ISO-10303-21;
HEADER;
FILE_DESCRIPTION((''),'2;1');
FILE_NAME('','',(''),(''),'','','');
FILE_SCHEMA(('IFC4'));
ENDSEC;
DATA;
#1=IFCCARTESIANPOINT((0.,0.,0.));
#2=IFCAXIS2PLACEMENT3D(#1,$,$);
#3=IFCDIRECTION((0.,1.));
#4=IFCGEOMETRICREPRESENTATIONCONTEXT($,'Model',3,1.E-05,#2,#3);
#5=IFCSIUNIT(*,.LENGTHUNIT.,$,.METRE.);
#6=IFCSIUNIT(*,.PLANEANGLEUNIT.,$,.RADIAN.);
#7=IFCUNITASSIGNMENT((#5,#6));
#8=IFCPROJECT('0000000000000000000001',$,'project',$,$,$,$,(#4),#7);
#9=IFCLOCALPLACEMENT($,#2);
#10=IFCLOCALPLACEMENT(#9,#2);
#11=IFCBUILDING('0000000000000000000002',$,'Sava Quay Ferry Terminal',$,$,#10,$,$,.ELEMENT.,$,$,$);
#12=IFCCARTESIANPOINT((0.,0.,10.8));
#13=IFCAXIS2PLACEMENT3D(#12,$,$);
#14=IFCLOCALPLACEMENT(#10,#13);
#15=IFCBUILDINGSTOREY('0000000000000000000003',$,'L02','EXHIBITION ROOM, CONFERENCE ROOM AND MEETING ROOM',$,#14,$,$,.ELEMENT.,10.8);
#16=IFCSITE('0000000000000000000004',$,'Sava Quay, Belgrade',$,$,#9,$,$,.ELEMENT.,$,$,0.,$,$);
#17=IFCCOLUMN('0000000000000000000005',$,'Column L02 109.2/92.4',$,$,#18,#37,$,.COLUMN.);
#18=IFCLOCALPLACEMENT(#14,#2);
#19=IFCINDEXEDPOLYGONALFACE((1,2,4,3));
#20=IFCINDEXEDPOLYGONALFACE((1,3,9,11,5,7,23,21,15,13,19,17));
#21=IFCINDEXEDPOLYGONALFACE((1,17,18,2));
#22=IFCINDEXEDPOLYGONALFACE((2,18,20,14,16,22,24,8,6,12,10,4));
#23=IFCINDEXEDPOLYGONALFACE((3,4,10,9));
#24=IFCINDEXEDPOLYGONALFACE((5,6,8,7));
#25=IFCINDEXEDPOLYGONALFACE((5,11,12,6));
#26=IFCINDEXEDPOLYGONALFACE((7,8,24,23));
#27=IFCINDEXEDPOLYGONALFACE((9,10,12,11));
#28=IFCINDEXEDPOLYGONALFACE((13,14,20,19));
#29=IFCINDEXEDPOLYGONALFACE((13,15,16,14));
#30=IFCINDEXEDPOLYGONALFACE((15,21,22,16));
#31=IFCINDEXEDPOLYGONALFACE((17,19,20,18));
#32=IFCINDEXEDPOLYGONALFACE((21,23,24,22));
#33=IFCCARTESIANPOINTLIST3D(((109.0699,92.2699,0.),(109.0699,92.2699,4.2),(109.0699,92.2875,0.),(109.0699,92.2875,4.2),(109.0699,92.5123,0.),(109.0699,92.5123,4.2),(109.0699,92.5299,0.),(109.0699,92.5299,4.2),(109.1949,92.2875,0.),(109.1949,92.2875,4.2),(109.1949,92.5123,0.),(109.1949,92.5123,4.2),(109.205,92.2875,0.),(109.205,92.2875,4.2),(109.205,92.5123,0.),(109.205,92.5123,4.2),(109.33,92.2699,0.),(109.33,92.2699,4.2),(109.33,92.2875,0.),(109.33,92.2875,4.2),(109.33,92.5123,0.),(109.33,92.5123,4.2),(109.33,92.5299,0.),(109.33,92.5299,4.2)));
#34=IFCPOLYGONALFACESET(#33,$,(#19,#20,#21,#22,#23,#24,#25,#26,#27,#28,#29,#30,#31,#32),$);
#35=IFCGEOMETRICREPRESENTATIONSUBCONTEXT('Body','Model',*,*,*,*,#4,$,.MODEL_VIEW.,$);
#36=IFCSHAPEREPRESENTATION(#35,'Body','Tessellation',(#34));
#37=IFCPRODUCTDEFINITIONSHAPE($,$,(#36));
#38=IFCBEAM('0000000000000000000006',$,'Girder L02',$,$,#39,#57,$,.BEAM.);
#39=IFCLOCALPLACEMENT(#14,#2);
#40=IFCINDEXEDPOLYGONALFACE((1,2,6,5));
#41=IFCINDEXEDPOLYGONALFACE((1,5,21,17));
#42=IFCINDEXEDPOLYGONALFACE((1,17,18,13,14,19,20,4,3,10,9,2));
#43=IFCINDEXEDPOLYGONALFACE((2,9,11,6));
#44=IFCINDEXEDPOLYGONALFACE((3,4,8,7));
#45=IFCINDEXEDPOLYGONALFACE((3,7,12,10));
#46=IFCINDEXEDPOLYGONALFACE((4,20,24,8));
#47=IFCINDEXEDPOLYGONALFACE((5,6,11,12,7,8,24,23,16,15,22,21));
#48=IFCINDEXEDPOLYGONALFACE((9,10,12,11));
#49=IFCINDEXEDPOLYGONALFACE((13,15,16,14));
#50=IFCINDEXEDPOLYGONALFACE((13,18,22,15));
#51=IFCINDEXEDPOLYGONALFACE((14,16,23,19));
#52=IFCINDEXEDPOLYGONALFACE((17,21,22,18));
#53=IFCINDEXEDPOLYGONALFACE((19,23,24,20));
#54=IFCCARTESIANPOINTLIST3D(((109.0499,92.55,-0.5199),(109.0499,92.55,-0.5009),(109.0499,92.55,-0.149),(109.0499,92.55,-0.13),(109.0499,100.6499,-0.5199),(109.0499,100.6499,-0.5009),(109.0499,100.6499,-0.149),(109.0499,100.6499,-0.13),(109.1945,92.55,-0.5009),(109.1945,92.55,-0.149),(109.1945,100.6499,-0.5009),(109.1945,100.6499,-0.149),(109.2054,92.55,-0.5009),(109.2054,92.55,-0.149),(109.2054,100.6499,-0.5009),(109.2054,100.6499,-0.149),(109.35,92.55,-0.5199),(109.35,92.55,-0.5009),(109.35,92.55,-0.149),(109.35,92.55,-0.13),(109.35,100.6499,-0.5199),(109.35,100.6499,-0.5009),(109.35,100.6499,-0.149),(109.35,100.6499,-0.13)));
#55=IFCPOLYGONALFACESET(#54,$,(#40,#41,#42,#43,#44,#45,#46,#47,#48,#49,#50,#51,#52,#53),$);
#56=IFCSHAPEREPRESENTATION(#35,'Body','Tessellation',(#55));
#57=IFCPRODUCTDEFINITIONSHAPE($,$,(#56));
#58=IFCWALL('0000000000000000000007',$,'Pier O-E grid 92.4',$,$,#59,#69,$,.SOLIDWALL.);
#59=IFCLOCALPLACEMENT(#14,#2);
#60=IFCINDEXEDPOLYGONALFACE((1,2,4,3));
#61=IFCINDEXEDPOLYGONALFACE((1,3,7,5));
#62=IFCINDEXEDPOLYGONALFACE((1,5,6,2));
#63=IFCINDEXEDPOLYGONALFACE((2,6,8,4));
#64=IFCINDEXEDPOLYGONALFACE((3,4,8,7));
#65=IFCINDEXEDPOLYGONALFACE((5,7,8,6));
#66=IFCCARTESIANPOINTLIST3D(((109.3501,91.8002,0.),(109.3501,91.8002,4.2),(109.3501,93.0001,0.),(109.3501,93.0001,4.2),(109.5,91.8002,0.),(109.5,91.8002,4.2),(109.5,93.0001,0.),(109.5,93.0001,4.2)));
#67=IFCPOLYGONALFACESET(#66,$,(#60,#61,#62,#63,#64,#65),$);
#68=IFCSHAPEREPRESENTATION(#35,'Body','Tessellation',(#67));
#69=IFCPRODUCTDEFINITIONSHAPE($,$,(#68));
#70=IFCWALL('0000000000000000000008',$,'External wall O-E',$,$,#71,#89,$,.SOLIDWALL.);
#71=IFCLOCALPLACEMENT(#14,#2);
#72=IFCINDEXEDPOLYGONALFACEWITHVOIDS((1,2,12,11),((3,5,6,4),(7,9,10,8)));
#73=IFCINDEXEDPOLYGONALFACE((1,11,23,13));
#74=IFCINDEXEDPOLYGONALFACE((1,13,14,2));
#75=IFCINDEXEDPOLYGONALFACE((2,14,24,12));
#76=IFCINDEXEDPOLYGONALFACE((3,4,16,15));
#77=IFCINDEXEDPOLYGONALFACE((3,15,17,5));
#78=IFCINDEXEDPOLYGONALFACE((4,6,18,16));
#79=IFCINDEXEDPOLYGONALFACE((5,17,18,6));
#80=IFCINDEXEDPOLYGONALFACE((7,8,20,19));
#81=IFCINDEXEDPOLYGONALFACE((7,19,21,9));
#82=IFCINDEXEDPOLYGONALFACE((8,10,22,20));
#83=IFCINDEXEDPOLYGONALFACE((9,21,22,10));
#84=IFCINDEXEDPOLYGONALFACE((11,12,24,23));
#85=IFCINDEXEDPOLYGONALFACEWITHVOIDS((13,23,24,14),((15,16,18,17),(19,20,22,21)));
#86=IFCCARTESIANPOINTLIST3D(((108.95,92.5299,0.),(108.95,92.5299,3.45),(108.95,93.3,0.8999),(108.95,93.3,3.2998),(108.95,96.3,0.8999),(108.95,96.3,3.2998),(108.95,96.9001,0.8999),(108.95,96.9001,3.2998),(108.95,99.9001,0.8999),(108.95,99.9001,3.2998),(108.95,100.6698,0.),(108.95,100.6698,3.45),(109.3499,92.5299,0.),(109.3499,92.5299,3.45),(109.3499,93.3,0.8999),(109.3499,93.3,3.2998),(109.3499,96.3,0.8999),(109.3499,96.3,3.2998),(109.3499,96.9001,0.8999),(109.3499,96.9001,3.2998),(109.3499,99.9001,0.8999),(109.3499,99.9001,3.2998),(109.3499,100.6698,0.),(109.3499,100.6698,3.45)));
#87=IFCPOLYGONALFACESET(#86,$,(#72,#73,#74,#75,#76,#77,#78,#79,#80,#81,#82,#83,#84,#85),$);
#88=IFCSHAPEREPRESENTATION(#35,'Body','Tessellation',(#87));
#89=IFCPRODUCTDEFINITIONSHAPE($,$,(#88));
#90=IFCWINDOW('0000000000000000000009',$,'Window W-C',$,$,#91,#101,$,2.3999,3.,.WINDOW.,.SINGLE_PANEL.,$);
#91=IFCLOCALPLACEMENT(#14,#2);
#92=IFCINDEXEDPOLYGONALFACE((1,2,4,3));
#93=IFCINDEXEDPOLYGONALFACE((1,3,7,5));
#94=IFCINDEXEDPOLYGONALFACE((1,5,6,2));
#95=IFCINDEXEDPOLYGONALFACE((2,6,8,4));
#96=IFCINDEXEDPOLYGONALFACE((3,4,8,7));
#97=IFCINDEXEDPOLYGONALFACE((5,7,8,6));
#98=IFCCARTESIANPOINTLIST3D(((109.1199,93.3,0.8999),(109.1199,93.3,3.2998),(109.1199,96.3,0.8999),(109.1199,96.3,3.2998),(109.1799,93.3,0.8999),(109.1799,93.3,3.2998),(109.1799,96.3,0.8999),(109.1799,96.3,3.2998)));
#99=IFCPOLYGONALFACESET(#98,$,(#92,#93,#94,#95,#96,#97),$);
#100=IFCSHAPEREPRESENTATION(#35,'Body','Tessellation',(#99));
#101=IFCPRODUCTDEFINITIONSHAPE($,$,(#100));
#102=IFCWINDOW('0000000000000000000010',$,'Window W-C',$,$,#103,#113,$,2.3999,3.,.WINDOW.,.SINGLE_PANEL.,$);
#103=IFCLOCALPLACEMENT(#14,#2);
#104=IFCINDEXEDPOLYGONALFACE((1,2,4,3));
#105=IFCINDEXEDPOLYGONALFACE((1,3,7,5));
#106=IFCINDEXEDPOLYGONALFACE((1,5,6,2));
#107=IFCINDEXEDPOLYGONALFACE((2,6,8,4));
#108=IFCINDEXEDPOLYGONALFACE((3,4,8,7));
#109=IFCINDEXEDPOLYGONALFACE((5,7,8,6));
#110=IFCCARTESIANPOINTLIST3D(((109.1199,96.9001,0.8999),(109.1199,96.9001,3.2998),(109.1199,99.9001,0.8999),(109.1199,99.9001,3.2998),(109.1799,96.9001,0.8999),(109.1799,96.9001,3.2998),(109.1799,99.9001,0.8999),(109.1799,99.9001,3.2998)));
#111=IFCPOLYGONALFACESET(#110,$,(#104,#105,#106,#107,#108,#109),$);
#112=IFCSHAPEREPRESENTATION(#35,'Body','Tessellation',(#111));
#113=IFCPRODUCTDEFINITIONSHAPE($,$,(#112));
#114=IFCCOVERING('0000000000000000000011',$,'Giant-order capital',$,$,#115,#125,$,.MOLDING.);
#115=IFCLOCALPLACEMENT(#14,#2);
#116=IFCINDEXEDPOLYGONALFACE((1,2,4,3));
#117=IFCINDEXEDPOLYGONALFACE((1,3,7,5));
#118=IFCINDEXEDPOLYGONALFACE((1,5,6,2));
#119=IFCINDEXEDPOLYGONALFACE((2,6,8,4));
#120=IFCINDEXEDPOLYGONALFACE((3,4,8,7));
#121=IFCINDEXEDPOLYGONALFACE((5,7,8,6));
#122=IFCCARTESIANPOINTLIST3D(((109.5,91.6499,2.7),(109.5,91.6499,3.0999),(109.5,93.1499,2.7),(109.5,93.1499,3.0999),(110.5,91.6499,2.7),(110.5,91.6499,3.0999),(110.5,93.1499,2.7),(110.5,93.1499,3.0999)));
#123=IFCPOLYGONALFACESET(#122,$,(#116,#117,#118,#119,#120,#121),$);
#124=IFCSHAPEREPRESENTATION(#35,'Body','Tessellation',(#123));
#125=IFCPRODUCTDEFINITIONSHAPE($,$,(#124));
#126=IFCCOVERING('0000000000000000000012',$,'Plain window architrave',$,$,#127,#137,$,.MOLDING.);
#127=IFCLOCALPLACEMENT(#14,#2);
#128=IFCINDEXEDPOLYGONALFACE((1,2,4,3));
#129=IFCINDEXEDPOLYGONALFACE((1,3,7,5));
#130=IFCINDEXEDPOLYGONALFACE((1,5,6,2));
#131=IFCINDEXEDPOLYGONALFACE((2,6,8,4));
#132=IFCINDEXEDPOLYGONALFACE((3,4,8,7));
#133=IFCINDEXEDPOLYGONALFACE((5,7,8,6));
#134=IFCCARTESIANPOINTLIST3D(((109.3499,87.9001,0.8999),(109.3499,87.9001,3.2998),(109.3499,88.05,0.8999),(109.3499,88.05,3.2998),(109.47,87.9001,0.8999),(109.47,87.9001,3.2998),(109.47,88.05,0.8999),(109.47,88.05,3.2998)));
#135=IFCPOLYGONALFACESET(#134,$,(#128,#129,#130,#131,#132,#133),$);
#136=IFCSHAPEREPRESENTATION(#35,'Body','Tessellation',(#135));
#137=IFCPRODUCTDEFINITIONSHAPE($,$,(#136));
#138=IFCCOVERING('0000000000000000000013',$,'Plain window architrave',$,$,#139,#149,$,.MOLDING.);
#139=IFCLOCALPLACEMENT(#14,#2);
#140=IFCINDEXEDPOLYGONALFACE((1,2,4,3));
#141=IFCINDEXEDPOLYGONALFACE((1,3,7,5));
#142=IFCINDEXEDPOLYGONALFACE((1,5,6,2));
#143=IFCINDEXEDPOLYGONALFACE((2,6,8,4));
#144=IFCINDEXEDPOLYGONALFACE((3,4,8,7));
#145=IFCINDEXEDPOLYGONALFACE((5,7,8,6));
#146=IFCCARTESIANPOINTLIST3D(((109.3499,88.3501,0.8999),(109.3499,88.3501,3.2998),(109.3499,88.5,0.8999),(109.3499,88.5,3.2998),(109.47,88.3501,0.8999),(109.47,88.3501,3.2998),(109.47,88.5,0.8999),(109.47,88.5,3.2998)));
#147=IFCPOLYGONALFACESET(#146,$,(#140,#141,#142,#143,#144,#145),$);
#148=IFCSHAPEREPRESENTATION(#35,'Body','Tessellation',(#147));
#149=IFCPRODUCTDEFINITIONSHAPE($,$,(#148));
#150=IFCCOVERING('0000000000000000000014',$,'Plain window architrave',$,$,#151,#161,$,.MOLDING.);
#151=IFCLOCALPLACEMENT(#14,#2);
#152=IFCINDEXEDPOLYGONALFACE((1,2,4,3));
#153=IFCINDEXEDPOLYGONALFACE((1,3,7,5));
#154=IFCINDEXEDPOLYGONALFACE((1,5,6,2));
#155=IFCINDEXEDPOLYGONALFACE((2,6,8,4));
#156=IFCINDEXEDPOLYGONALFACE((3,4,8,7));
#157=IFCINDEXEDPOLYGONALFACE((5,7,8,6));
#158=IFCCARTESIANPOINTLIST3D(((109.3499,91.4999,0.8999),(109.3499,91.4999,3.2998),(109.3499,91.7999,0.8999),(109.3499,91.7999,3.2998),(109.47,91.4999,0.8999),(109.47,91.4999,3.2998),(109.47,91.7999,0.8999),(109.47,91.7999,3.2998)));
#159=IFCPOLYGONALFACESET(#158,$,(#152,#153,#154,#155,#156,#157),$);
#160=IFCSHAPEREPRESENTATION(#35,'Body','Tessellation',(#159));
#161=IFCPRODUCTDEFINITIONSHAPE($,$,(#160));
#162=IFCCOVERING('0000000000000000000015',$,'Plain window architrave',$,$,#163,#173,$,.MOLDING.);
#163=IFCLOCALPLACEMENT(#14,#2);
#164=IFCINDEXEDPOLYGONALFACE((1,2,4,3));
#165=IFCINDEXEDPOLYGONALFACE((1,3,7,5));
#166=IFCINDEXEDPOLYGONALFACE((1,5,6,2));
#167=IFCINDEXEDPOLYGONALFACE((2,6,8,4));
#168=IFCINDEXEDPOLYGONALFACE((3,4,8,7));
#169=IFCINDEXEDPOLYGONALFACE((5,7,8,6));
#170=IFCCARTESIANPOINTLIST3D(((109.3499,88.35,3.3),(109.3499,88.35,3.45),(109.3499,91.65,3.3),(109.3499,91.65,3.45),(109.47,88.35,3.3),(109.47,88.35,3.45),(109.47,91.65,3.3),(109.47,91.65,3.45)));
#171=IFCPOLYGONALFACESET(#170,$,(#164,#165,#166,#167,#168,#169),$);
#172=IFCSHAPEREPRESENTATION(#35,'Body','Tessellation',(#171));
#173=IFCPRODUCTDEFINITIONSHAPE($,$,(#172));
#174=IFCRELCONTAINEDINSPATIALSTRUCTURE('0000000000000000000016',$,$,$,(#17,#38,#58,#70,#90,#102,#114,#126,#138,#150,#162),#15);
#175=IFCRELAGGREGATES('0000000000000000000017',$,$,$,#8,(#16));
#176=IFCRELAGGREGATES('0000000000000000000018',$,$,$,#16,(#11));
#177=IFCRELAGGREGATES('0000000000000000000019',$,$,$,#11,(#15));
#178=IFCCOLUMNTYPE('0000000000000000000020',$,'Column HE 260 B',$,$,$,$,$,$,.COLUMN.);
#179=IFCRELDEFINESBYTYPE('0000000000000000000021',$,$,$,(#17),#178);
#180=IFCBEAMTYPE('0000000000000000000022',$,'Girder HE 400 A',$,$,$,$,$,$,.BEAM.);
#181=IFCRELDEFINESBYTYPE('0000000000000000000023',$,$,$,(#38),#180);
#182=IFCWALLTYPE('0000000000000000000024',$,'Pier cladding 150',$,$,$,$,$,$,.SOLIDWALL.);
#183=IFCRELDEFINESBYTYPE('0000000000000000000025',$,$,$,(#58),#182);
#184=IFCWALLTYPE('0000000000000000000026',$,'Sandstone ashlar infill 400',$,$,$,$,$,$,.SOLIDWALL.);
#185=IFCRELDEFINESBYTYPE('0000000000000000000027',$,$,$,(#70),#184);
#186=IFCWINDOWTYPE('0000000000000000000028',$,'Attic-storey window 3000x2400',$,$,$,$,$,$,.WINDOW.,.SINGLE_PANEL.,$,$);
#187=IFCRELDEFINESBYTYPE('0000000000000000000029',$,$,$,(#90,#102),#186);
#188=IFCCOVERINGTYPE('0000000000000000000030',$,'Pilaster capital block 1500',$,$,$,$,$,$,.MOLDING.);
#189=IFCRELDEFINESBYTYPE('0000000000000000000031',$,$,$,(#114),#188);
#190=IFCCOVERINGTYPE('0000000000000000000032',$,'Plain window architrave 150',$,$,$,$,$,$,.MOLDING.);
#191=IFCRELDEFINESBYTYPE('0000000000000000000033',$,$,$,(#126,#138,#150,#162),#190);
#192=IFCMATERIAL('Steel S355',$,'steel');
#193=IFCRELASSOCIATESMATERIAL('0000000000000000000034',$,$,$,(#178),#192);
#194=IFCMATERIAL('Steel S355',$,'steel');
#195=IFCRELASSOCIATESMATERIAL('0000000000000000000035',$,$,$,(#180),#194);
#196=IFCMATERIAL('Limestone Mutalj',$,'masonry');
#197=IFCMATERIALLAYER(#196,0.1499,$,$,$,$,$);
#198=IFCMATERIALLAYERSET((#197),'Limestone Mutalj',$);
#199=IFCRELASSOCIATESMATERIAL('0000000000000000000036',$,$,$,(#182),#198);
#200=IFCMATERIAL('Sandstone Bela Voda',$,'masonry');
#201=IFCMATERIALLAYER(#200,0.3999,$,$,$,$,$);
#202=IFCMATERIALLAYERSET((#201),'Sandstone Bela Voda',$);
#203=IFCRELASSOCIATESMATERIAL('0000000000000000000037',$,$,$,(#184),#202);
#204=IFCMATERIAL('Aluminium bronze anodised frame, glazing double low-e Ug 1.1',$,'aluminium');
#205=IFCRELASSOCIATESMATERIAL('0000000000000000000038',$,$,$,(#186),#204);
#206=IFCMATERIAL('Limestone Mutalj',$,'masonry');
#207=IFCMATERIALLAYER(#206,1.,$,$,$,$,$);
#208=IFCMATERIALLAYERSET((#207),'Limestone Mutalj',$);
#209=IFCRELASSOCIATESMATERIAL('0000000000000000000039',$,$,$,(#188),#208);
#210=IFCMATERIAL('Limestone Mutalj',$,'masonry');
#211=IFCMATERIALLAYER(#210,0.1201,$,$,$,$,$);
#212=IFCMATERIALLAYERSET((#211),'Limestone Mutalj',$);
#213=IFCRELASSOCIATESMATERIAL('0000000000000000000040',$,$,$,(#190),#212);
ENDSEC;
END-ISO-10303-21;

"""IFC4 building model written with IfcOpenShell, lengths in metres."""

from ifc_helpers import new_model, si_unit, direction, frame, frame_2d, origin, origin_2d, place, context, subcontext, project, spatial, rectangle, i_section, extrude, material, layer, layer_set, material_profile, profile_set, type_object, element, fill, save


model = new_model("IFC4")

# Units and contexts
model_context = context("Model", 3, precision=1e-05, world=origin(), true_north=direction((0.0, 1.0)))
body_context = subcontext(model_context, "Body", "Model", "MODEL_VIEW")
ifc_project = project(units=[si_unit("LENGTHUNIT", "METRE"), si_unit("PLANEANGLEUNIT", "RADIAN")], contexts=[model_context])

# Site, building, storey
site_placement = place(None, origin())
site = spatial("IfcSite", under=ifc_project, at=site_placement, Name="Sava Quay, Belgrade", CompositionType="ELEMENT", RefElevation=0.0)
building_placement = place(site_placement, origin())
building = spatial("IfcBuilding", under=site, at=building_placement, Name="Sava Quay Ferry Terminal", CompositionType="ELEMENT")
storey_placement = place(building_placement, frame((0.0, 0.0, 10.8)))
storey = spatial("IfcBuildingStorey", under=building, at=storey_placement, Name="L02", Description="EXHIBITION ROOM, CONFERENCE ROOM AND MEETING ROOM", CompositionType="ELEMENT", Elevation=10.8)

# Column
ifc_material_1 = material(Name="Steel S355", Category="steel")
ifc_material_profile_1 = material_profile(ifc_material_1, i_section(OverallWidth=0.26, OverallDepth=0.26, WebThickness=0.01, FlangeThickness=0.0176, at=origin_2d()), Name="HE 260 B")
ifc_profile_set_1 = profile_set([ifc_material_profile_1], Name="Steel S355")
column_type = type_object("IfcColumnType", Name="Column HE 260 B", PredefinedType="COLUMN", material=ifc_profile_set_1)
column_placement = place(storey_placement, frame((109.2, 92.3999, 0.0), z_axis=(0.0, 0.0, 1.0), x_axis=(1.0, 0.0, 0.0)))
element("IfcColumn", 1, at=column_placement, inside=storey, type_object=column_type, Name="Column L02 109.2/92.4", PredefinedType="COLUMN", context=body_context, shape_type="SweptSolid", body=[
    extrude(i_section(OverallWidth=0.26, OverallDepth=0.26, WebThickness=0.01, FlangeThickness=0.0176, at=origin_2d()), origin(), (0.0, 0.0, 1.0), 4.2),
])

# Beam
ifc_material_2 = material(Name="Steel S355", Category="steel")
ifc_material_profile_2 = material_profile(ifc_material_2, i_section(OverallWidth=0.3, OverallDepth=0.3899, WebThickness=0.011, FlangeThickness=0.019, at=origin_2d()), Name="HE 400 A")
ifc_profile_set_2 = profile_set([ifc_material_profile_2], Name="Steel S355")
beam_type = type_object("IfcBeamType", Name="Girder HE 400 A", PredefinedType="BEAM", material=ifc_profile_set_2)
beam_placement = place(storey_placement, frame((109.2, 92.55, -0.325), z_axis=(0.0, 1.0, 0.0), x_axis=(-1.0, 0.0, 0.0)))
element("IfcBeam", 2, at=beam_placement, inside=storey, type_object=beam_type, Name="Girder L02", PredefinedType="BEAM", context=body_context, shape_type="SweptSolid", body=[
    extrude(i_section(OverallWidth=0.3, OverallDepth=0.3899, WebThickness=0.011, FlangeThickness=0.019, at=origin_2d()), origin(), (0.0, 0.0, 1.0), 8.0999),
])

# Wall
ifc_material_3 = material(Name="Limestone Mutalj", Category="masonry")
ifc_layer_1 = layer(ifc_material_3, 0.1499)
ifc_layer_set_1 = layer_set([ifc_layer_1], Name="Limestone Mutalj")
wall_type_1 = type_object("IfcWallType", Name="Pier cladding 150", PredefinedType="SOLIDWALL", material=ifc_layer_set_1)
wall_1_placement = place(storey_placement, frame((109.425, 91.8, 0.0), z_axis=(0.0, 0.0, 1.0), x_axis=(0.0, 1.0, 0.0)))
element("IfcWall", 3, at=wall_1_placement, inside=storey, type_object=wall_type_1, Name="Pier O-E grid 92.4", PredefinedType="SOLIDWALL", context=body_context, shape_type="SweptSolid", body=[
    extrude(rectangle(XDim=1.2, YDim=0.1499, at=frame_2d((0.6001, 0.0))), origin(), (0.0, 0.0, 1.0), 4.2),
])

# Wall, openings, windows
ifc_material_4 = material(Name="Sandstone Bela Voda", Category="masonry")
ifc_layer_2 = layer(ifc_material_4, 0.3999)
ifc_layer_set_2 = layer_set([ifc_layer_2], Name="Sandstone Bela Voda")
wall_type_2 = type_object("IfcWallType", Name="Sandstone ashlar infill 400", PredefinedType="SOLIDWALL", material=ifc_layer_set_2)
wall_2_placement = place(storey_placement, frame((109.1499, 92.53, 0.0), z_axis=(0.0, 0.0, 1.0), x_axis=(0.0, 1.0, 0.0)))
wall_2 = element("IfcWall", 4, at=wall_2_placement, inside=storey, type_object=wall_type_2, Name="External wall O-E", PredefinedType="SOLIDWALL", context=body_context, shape_type="SweptSolid", body=[
    extrude(rectangle(XDim=8.1399, YDim=0.3999, at=frame_2d((4.0698, 0.0))), origin(), (0.0, 0.0, 1.0), 3.45),
])
opening_1_placement = place(wall_2_placement, frame((0.77, 0.0, 0.8999)))
opening_1 = element("IfcOpeningElement", 5, at=opening_1_placement, cuts=wall_2, PredefinedType="OPENING", context=body_context, shape_type="SweptSolid", body=[
    extrude(rectangle(XDim=3.0, YDim=2.3999, at=frame_2d((1.5, 1.2))), frame((0.0, 0.2, 0.0), z_axis=(0.0, -1.0, 0.0), x_axis=(1.0, 0.0, 0.0)), (0.0, 0.0, 1.0), 0.3999),
])
opening_2_placement = place(wall_2_placement, frame((4.3701, 0.0, 0.8999)))
opening_2 = element("IfcOpeningElement", 6, at=opening_2_placement, cuts=wall_2, PredefinedType="OPENING", context=body_context, shape_type="SweptSolid", body=[
    extrude(rectangle(XDim=3.0, YDim=2.3999, at=frame_2d((1.5, 1.2))), frame((0.0, 0.2, 0.0), z_axis=(0.0, -1.0, 0.0), x_axis=(1.0, 0.0, 0.0)), (0.0, 0.0, 1.0), 0.3999),
])
ifc_material_5 = material(Name="Aluminium bronze anodised frame, glazing double low-e Ug 1.1", Category="aluminium")
window_type = type_object("IfcWindowType", Name="Attic-storey window 3000x2400", PartitioningType="SINGLE_PANEL", PredefinedType="WINDOW", material=ifc_material_5)
window_1_placement = place(opening_1_placement, origin())
window_1 = element("IfcWindow", 7, at=window_1_placement, inside=storey, type_object=window_type, Name="Window W-C", OverallHeight=2.3999, OverallWidth=3.0, PartitioningType="SINGLE_PANEL", PredefinedType="WINDOW", context=body_context, shape_type="SweptSolid", body=[
    extrude(rectangle(XDim=3.0, YDim=2.3999, at=frame_2d((1.5, 1.2))), frame((0.0, 0.03, 0.0), z_axis=(0.0, -1.0, 0.0), x_axis=(1.0, 0.0, 0.0)), (0.0, 0.0, 1.0), 0.0601),
])
fill(opening_1, window_1)
window_2_placement = place(opening_2_placement, origin())
window_2 = element("IfcWindow", 8, at=window_2_placement, inside=storey, type_object=window_type, Name="Window W-C", OverallHeight=2.3999, OverallWidth=3.0, PartitioningType="SINGLE_PANEL", PredefinedType="WINDOW", context=body_context, shape_type="SweptSolid", body=[
    extrude(rectangle(XDim=3.0, YDim=2.3999, at=frame_2d((1.5, 1.2))), frame((0.0, 0.03, 0.0), z_axis=(0.0, -1.0, 0.0), x_axis=(1.0, 0.0, 0.0)), (0.0, 0.0, 1.0), 0.0601),
])
fill(opening_2, window_2)

# Coverings
ifc_material_6 = material(Name="Limestone Mutalj", Category="masonry")
ifc_layer_3 = layer(ifc_material_6, 1.0)
ifc_layer_set_3 = layer_set([ifc_layer_3], Name="Limestone Mutalj")
covering_type_1 = type_object("IfcCoveringType", Name="Pilaster capital block 1500", PredefinedType="MOLDING", material=ifc_layer_set_3)
covering_1_placement = place(storey_placement, frame((110.0, 92.3999, 2.7), z_axis=(0.0, 0.0, 1.0), x_axis=(1.0, 0.0, 0.0)))
element("IfcCovering", 9, at=covering_1_placement, inside=storey, type_object=covering_type_1, Name="Giant-order capital", PredefinedType="MOLDING", context=body_context, shape_type="SweptSolid", body=[
    extrude(rectangle(XDim=1.0, YDim=1.5, at=origin_2d()), origin(), (0.0, 0.0, 1.0), 0.3999),
])
ifc_material_7 = material(Name="Limestone Mutalj", Category="masonry")
ifc_layer_4 = layer(ifc_material_7, 0.1201)
ifc_layer_set_4 = layer_set([ifc_layer_4], Name="Limestone Mutalj")
covering_type_2 = type_object("IfcCoveringType", Name="Plain window architrave 150", PredefinedType="MOLDING", material=ifc_layer_set_4)
for number, where, z_axis, x_axis, name in (
    (10, (109.4099, 87.9751, 0.8999), (0.0, 0.0, 1.0), (1.0, 0.0, 0.0), "Plain window architrave"),
    (11, (109.4099, 88.425, 0.8999), (0.0, 0.0, 1.0), (1.0, 0.0, 0.0), "Plain window architrave"),
):
    element("IfcCovering", number, at=place(storey_placement, frame(where, z_axis=z_axis, x_axis=x_axis)), inside=storey, type_object=covering_type_2, Name=name, PredefinedType="MOLDING", context=body_context, shape_type="SweptSolid", body=[
        extrude(rectangle(XDim=0.1201, YDim=0.1499, at=origin_2d()), origin(), (0.0, 0.0, 1.0), 2.3999),
    ])
covering_2_placement = place(storey_placement, frame((109.4099, 91.6499, 0.8999), z_axis=(0.0, 0.0, 1.0), x_axis=(1.0, 0.0, 0.0)))
element("IfcCovering", 12, at=covering_2_placement, inside=storey, type_object=covering_type_2, Name="Plain window architrave", PredefinedType="MOLDING", context=body_context, shape_type="SweptSolid", body=[
    extrude(rectangle(XDim=0.1201, YDim=0.3, at=origin_2d()), origin(), (0.0, 0.0, 1.0), 2.3999),
])
for number, where, z_axis, x_axis, name in (
    (13, (109.4099, 90.0, 3.3), (0.0, 0.0, 1.0), (1.0, 0.0, 0.0), "Plain window architrave"),
):
    element("IfcCovering", number, at=place(storey_placement, frame(where, z_axis=z_axis, x_axis=x_axis)), inside=storey, type_object=covering_type_2, Name=name, PredefinedType="MOLDING", context=body_context, shape_type="SweptSolid", body=[
        extrude(rectangle(XDim=0.1201, YDim=3.3, at=origin_2d()), origin(), (0.0, 0.0, 1.0), 0.1499),
    ])

save(model, "model.ifc")
